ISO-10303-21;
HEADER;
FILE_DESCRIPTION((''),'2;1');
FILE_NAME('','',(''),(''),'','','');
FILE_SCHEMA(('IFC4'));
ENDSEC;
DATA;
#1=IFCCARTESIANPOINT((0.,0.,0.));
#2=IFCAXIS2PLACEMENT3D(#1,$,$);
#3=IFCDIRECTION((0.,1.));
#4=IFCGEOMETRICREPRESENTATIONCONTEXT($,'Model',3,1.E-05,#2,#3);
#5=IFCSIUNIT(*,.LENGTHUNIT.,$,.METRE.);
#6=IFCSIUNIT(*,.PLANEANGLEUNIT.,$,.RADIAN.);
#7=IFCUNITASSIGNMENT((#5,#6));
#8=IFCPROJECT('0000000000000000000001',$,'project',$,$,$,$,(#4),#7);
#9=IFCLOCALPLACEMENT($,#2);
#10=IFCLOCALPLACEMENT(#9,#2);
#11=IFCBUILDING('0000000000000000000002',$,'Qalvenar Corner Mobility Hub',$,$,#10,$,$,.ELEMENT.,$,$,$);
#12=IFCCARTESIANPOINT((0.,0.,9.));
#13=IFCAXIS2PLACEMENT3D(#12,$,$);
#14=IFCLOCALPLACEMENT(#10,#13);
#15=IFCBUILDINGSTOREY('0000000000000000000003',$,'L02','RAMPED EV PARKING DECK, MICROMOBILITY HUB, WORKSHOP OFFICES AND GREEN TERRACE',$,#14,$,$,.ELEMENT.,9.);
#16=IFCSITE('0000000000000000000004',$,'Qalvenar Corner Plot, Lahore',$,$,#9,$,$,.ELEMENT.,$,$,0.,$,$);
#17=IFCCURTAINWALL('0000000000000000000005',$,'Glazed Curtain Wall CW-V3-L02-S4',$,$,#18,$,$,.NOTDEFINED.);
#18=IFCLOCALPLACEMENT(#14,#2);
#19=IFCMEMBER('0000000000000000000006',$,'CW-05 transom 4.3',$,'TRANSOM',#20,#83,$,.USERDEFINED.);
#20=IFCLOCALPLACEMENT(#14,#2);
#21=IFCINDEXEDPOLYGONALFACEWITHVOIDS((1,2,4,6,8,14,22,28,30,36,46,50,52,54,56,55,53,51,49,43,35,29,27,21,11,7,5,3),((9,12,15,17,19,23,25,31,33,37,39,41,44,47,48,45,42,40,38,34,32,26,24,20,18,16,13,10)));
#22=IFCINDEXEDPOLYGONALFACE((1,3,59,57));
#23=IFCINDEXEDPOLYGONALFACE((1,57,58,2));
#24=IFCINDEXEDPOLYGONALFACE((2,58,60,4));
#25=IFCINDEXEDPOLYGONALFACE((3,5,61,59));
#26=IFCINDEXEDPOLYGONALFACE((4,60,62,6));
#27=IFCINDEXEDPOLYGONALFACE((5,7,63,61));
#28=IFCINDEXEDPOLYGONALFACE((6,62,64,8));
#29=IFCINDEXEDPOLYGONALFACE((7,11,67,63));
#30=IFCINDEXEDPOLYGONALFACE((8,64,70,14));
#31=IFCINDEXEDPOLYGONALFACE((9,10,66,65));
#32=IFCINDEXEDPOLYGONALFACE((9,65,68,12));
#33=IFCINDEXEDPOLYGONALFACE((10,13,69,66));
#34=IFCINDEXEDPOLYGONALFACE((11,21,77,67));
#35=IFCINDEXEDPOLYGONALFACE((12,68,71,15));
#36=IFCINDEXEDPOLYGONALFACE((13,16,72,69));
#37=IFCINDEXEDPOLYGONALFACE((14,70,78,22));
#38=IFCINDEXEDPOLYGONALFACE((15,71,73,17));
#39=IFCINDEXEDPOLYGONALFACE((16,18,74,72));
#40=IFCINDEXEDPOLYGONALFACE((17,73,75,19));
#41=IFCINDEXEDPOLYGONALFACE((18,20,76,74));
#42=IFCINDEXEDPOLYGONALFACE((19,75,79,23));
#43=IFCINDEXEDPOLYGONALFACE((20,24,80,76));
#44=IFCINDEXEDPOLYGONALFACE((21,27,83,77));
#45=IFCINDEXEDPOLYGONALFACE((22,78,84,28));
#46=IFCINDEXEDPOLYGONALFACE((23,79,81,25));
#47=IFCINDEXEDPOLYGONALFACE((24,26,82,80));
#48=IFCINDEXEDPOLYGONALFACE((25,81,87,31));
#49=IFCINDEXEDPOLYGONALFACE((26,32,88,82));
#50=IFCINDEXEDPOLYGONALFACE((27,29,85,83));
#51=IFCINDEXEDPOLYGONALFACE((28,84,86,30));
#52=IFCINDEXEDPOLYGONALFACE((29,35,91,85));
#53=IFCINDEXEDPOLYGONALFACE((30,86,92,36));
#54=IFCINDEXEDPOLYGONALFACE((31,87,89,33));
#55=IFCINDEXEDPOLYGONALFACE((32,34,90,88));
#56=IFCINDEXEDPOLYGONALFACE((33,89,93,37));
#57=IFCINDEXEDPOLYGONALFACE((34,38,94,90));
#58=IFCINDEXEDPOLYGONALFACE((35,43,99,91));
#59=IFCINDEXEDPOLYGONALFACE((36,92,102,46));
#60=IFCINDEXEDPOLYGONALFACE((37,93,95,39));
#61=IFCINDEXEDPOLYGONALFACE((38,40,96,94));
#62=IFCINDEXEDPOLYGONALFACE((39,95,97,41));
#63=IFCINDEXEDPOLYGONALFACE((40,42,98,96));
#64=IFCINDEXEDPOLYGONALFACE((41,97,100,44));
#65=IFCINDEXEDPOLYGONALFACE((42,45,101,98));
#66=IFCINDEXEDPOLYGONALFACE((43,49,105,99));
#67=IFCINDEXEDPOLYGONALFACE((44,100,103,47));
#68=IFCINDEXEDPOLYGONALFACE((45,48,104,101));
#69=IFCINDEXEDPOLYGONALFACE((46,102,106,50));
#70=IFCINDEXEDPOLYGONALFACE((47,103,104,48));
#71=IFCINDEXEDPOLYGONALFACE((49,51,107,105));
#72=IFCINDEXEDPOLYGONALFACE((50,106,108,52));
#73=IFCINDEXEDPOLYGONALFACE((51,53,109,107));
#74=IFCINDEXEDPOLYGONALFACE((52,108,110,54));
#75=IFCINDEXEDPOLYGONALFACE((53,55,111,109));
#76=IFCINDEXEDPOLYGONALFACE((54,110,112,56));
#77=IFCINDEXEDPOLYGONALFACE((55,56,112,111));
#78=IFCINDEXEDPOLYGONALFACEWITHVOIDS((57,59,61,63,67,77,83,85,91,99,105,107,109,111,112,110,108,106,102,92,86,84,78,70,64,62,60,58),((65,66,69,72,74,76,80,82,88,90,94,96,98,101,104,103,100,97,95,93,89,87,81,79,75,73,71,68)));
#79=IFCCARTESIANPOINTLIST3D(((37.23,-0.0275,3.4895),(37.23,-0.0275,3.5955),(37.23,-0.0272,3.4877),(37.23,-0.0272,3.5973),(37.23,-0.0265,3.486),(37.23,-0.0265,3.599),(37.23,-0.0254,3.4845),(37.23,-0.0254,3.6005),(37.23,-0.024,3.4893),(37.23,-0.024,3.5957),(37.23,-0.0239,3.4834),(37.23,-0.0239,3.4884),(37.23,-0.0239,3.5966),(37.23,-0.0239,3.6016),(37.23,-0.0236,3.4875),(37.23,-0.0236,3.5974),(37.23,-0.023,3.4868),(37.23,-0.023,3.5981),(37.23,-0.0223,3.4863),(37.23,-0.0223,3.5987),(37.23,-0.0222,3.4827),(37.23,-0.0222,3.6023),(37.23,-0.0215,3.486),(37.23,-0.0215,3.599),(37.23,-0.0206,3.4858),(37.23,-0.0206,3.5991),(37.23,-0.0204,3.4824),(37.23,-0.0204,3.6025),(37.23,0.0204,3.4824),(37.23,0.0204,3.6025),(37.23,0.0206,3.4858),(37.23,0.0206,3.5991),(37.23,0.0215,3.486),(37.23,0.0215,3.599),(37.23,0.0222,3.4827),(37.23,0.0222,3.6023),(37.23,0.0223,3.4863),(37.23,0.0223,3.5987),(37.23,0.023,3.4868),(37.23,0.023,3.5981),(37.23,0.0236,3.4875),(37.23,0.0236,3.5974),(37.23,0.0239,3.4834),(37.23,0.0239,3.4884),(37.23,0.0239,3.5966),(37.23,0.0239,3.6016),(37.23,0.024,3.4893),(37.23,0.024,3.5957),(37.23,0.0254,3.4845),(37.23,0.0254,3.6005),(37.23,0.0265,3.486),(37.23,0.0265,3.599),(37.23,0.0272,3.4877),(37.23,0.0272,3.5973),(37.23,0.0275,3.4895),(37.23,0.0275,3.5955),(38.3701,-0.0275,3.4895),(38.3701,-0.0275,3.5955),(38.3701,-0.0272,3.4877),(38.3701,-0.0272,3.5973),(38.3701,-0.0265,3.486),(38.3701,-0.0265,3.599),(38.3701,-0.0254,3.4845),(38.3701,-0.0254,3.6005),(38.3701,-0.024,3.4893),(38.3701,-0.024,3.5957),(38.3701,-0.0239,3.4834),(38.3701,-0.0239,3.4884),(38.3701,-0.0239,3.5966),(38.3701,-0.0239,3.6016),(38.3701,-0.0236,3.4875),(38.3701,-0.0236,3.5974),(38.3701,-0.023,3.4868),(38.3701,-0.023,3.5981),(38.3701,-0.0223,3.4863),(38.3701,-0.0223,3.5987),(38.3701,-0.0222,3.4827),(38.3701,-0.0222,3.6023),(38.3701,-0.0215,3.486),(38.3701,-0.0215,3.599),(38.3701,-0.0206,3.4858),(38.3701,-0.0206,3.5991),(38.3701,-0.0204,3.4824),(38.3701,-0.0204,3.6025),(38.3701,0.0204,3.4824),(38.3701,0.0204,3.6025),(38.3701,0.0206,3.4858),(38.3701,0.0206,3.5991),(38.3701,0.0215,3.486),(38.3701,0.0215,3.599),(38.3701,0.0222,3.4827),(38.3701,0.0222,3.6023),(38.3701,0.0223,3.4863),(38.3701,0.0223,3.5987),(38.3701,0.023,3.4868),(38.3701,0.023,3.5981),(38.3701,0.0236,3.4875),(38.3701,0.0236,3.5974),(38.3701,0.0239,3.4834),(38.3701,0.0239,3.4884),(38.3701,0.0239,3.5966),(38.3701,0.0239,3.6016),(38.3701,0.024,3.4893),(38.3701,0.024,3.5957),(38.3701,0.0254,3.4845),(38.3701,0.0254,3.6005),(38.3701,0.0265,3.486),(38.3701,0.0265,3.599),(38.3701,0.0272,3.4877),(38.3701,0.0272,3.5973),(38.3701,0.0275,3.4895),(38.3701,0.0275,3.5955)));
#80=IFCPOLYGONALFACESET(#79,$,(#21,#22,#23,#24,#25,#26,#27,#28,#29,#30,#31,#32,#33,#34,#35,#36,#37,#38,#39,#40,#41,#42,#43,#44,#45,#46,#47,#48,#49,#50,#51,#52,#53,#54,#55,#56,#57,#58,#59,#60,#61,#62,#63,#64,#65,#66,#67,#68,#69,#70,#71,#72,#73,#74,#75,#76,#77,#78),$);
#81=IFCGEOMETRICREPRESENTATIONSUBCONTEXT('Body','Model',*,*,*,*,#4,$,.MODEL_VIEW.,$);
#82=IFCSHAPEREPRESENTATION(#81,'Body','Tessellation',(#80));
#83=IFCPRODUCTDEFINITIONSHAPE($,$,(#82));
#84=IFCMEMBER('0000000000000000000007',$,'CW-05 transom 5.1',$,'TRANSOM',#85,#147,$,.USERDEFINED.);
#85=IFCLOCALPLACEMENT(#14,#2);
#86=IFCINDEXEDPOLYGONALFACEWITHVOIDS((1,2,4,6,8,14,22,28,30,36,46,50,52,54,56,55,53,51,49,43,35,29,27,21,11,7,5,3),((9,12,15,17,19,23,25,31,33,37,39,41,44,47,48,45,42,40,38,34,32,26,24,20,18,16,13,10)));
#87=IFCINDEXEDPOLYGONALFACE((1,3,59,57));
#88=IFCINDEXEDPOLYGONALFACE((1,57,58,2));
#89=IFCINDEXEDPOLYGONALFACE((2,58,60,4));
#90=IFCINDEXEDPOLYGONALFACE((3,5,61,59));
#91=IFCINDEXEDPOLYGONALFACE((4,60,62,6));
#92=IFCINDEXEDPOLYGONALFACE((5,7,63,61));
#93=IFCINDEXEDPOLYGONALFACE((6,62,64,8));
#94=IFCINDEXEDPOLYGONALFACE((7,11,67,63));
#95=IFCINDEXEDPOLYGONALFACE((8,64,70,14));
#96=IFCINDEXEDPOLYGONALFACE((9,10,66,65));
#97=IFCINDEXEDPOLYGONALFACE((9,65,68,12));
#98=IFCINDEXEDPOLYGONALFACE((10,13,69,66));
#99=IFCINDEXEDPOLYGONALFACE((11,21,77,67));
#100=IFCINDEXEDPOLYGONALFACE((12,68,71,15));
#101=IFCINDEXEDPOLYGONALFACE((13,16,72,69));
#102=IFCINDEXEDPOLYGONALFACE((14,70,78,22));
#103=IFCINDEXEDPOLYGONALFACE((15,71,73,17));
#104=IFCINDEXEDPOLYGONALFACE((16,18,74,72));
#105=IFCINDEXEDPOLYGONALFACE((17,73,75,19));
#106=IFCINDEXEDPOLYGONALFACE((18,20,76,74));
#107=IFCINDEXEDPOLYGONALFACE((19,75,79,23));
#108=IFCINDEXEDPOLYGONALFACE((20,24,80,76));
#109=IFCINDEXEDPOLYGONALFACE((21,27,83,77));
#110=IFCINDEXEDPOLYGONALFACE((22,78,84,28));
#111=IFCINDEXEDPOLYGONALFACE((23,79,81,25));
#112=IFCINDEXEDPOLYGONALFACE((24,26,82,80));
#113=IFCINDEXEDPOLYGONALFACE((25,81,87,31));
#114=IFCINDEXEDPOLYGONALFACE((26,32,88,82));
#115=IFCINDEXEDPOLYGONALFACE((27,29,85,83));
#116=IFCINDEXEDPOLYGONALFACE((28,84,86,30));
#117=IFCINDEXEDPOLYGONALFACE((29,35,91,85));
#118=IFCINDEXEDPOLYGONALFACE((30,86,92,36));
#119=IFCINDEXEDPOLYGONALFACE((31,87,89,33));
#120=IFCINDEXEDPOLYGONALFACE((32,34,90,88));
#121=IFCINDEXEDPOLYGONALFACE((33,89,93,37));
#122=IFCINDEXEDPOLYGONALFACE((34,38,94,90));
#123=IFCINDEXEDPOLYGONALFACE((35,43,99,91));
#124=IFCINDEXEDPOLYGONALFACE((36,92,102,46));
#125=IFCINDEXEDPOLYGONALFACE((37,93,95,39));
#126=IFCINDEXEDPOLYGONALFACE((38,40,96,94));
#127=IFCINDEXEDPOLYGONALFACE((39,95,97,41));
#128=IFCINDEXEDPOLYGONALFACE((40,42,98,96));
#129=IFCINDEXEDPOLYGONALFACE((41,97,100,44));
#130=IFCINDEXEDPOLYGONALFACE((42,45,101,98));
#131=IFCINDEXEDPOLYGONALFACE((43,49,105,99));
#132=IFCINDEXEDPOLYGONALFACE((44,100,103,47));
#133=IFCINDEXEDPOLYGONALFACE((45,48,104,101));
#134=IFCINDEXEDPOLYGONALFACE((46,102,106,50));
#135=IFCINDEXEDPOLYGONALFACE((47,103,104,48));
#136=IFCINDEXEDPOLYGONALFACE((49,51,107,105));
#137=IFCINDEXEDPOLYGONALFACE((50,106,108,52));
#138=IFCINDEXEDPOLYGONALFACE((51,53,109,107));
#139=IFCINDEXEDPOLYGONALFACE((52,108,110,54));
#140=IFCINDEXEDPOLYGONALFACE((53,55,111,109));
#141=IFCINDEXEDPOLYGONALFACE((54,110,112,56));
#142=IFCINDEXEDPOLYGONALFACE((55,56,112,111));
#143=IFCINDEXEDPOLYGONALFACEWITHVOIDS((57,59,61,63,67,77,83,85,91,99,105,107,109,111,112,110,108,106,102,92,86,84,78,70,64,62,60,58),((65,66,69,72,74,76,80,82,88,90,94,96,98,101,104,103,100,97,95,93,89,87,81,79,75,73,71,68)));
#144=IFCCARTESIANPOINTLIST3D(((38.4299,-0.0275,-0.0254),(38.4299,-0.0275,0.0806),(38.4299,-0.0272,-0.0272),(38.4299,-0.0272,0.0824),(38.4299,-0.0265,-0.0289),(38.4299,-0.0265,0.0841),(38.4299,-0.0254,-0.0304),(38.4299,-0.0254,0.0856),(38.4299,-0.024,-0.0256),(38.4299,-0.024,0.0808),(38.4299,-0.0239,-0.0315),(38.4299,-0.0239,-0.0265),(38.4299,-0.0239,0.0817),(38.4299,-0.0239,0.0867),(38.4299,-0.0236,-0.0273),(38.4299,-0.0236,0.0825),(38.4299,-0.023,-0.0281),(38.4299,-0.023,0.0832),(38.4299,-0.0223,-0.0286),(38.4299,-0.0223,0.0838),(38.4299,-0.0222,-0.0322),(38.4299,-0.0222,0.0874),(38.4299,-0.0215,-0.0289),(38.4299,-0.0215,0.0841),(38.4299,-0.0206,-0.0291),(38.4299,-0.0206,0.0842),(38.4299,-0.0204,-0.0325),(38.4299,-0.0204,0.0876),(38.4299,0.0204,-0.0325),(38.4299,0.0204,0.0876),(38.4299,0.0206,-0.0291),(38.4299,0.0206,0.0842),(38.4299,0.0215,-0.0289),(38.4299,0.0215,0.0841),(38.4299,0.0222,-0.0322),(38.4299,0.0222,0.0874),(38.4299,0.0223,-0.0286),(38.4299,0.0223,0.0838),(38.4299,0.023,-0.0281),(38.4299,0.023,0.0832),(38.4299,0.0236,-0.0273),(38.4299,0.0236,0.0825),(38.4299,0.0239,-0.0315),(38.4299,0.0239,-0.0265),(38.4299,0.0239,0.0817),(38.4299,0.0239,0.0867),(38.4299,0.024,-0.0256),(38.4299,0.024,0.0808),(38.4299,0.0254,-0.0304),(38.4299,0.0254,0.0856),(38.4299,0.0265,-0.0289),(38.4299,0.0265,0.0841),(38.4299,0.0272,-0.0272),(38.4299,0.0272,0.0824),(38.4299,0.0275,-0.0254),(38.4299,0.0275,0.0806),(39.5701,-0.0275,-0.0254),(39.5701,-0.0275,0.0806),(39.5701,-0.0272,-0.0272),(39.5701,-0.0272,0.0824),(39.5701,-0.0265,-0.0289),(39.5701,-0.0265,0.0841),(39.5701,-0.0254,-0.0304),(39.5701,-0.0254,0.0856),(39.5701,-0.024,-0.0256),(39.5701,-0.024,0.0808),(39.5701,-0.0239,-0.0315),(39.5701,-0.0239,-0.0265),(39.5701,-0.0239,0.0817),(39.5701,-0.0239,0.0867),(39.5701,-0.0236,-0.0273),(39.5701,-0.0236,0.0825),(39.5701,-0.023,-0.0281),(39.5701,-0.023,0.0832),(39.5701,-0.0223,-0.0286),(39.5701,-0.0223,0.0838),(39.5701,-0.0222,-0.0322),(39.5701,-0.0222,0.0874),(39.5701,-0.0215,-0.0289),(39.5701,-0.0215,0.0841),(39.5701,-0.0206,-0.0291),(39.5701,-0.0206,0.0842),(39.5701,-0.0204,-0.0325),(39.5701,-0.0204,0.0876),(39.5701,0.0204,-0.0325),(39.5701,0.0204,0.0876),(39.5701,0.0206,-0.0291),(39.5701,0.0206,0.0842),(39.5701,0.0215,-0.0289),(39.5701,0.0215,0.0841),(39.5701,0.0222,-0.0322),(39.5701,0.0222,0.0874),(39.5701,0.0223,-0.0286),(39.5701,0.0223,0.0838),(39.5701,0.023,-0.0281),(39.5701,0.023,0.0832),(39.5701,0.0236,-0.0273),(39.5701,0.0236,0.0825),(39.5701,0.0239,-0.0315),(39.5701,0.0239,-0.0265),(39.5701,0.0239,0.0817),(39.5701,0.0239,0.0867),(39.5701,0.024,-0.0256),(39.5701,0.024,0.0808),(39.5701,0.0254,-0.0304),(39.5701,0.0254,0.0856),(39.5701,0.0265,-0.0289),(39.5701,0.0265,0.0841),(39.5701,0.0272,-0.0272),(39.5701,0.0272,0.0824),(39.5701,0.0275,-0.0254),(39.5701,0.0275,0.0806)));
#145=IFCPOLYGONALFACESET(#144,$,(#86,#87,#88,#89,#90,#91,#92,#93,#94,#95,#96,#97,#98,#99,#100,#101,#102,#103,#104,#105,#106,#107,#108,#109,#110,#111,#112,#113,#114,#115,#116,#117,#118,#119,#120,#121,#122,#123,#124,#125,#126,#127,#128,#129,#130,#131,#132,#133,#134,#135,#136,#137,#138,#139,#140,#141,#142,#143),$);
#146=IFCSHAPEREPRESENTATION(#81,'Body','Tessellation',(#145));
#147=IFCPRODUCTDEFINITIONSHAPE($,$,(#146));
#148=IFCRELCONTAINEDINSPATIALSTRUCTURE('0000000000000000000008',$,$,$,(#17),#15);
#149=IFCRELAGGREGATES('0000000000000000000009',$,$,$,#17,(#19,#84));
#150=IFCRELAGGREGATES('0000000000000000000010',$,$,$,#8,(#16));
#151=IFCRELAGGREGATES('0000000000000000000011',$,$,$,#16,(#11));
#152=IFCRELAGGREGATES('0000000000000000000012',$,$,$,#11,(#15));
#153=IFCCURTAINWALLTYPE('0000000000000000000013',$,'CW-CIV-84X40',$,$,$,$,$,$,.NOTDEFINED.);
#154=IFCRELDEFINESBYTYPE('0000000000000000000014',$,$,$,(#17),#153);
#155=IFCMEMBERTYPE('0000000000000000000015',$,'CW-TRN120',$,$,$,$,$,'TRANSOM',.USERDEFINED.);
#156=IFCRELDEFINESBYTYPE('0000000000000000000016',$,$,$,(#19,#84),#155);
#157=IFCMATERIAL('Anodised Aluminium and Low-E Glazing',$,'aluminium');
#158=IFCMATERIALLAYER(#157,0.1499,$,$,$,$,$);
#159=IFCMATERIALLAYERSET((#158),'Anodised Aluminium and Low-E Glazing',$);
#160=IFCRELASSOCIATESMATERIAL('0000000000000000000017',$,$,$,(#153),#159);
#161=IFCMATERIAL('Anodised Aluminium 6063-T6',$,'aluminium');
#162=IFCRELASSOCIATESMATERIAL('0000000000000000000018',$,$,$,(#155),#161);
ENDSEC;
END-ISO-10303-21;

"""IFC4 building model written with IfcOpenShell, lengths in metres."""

from ifc_helpers import new_model, si_unit, direction, frame, origin, origin_2d, place, context, subcontext, project, spatial, hollow_rectangle, extrude, material, layer, layer_set, material_profile, profile_set, type_object, element, aggregate, save


model = new_model("IFC4")

# Units and contexts
model_context = context("Model", 3, precision=1e-05, world=origin(), true_north=direction((0.0, 1.0)))
body_context = subcontext(model_context, "Body", "Model", "MODEL_VIEW")
ifc_project = project(units=[si_unit("LENGTHUNIT", "METRE"), si_unit("PLANEANGLEUNIT", "RADIAN")], contexts=[model_context])

# Site, building, storey
site_placement = place(None, origin())
site = spatial("IfcSite", under=ifc_project, at=site_placement, Name="Qalvenar Corner Plot, Lahore", CompositionType="ELEMENT", RefElevation=0.0)
building_placement = place(site_placement, origin())
building = spatial("IfcBuilding", under=site, at=building_placement, Name="Qalvenar Corner Mobility Hub", CompositionType="ELEMENT")
storey_placement = place(building_placement, frame((0.0, 0.0, 9.0)))
storey = spatial("IfcBuildingStorey", under=building, at=storey_placement, Name="L02", Description="RAMPED EV PARKING DECK, MICROMOBILITY HUB, WORKSHOP OFFICES AND GREEN TERRACE", CompositionType="ELEMENT", Elevation=9.0)

# Curtain wall, members
ifc_material_1 = material(Name="Anodised Aluminium and Low-E Glazing", Category="aluminium")
ifc_layer_1 = layer(ifc_material_1, 0.1499)
ifc_layer_set_1 = layer_set([ifc_layer_1], Name="Anodised Aluminium and Low-E Glazing")
curtain_wall_type = type_object("IfcCurtainWallType", Name="CW-CIV-84X40", PredefinedType="NOTDEFINED", material=ifc_layer_set_1)
curtain_wall_placement = place(storey_placement, origin())
curtain_wall = element("IfcCurtainWall", 1, at=curtain_wall_placement, inside=storey, type_object=curtain_wall_type, Name="Glazed Curtain Wall CW-V3-L02-S4", PredefinedType="NOTDEFINED")
ifc_material_2 = material(Name="Anodised Aluminium 6063-T6", Category="aluminium")
ifc_material_profile_1 = material_profile(ifc_material_2, hollow_rectangle(XDim=0.0549, YDim=0.1201, WallThickness=0.0034, InnerFilletRadius=0.0034, OuterFilletRadius=0.0071, at=origin_2d()), Name="RHS120x55x3.5")
ifc_profile_set_1 = profile_set([ifc_material_profile_1], Name="Anodised Aluminium 6063-T6")
member_type_1 = type_object("IfcMemberType", Name="CW-TRN120", ElementType="TRANSOM", PredefinedType="USERDEFINED", material=ifc_profile_set_1)
member_1_placement = place(storey_placement, frame((37.23, 0.0, 3.5425), z_axis=(1.0, 0.0, 0.0), x_axis=(0.0, 1.0, 0.0)))
member_1 = element("IfcMember", 2, at=member_1_placement, type_object=member_type_1, Name="CW-05 transom 4.3", ObjectType="TRANSOM", PredefinedType="USERDEFINED", context=body_context, shape_type="SweptSolid", body=[
    extrude(hollow_rectangle(XDim=0.0549, YDim=0.1201, WallThickness=0.0034, InnerFilletRadius=0.0034, OuterFilletRadius=0.0071, at=origin_2d()), origin(), (0.0, 0.0, 1.0), 1.1401),
])
member_2_placement = place(storey_placement, frame((38.4299, 0.0, 0.0276), z_axis=(1.0, 0.0, 0.0), x_axis=(0.0, 1.0, 0.0)))
member_2 = element("IfcMember", 3, at=member_2_placement, type_object=member_type_1, Name="CW-05 transom 5.1", ObjectType="TRANSOM", PredefinedType="USERDEFINED", context=body_context, shape_type="SweptSolid", body=[
    extrude(hollow_rectangle(XDim=0.0549, YDim=0.1201, WallThickness=0.0034, InnerFilletRadius=0.0034, OuterFilletRadius=0.0071, at=origin_2d()), origin(), (0.0, 0.0, 1.0), 1.1401),
])
aggregate(curtain_wall, [member_1, member_2])

save(model, "model.ifc")
